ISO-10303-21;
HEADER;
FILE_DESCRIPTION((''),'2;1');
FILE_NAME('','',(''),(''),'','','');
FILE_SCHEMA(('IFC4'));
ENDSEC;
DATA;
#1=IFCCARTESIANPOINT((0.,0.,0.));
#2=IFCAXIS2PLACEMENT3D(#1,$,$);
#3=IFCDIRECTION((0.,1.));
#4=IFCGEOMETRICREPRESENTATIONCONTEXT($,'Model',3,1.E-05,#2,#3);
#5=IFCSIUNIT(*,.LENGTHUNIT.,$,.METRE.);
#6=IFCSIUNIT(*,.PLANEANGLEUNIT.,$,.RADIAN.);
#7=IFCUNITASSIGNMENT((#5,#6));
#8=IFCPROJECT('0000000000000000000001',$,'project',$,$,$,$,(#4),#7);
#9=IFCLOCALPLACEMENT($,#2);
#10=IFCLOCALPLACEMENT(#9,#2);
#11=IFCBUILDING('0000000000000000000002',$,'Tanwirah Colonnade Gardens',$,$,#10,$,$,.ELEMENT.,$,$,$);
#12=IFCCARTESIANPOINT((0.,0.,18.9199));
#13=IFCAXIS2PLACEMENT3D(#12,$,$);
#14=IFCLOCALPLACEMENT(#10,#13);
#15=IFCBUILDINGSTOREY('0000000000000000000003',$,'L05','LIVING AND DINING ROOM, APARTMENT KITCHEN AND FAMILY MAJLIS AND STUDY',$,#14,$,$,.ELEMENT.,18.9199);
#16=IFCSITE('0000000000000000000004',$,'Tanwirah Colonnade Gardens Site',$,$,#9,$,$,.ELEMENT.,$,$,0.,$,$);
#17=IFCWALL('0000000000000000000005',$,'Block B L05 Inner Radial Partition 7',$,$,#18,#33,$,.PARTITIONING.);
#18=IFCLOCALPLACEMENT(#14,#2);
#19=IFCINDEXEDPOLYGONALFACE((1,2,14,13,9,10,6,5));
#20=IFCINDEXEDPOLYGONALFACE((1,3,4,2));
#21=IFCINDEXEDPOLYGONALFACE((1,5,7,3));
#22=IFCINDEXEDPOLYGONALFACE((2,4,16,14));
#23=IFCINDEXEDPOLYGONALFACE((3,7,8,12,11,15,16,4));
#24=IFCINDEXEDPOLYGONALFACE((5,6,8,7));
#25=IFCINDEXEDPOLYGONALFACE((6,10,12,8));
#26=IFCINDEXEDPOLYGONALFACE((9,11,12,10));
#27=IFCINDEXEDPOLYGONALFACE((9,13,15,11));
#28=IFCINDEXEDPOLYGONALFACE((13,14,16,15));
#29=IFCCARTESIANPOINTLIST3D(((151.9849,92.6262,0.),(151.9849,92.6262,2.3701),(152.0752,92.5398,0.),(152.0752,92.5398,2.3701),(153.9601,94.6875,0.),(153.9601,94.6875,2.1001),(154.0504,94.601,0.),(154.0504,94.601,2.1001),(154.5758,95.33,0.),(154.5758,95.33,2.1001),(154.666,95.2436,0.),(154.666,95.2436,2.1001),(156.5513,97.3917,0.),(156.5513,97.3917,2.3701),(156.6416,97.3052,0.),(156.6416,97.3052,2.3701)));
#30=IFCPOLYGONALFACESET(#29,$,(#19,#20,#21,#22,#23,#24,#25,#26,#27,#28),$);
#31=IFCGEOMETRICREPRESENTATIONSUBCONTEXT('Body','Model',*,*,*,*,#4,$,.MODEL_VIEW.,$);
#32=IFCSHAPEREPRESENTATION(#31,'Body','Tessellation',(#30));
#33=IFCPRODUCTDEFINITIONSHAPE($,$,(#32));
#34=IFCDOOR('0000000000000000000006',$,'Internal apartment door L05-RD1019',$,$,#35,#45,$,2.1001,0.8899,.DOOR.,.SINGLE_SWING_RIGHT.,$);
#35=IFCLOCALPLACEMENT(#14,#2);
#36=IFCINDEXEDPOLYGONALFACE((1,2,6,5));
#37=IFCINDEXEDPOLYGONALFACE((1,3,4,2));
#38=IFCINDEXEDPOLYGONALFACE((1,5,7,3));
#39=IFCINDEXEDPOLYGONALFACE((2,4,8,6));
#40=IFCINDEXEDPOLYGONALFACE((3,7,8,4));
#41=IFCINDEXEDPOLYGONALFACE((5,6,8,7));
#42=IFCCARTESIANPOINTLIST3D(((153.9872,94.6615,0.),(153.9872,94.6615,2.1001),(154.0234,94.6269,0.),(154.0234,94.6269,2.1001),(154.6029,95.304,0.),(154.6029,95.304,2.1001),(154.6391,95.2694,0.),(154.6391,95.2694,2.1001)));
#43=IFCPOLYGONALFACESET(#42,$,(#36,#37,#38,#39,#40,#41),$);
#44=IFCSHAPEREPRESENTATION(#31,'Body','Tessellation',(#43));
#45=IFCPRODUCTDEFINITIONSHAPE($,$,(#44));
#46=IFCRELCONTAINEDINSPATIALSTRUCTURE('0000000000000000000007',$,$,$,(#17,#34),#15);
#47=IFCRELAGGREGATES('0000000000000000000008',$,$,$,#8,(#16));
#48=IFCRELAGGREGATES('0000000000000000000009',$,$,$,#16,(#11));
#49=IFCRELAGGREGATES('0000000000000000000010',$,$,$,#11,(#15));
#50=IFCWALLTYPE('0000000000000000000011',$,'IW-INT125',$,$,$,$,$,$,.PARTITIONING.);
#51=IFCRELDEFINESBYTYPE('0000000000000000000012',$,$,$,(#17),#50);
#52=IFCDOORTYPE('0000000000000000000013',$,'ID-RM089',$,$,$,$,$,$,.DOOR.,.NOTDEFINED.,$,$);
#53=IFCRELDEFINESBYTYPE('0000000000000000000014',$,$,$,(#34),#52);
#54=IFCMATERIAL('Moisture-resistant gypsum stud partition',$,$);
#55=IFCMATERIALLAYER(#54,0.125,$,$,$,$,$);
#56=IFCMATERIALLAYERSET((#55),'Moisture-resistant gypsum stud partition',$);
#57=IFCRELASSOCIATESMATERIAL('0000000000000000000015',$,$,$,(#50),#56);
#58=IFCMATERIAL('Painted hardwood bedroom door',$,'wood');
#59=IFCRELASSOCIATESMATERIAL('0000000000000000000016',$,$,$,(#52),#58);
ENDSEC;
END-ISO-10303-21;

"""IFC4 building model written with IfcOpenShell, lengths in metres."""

from ifc_helpers import new_model, si_unit, direction, frame, frame_2d, origin, place, context, subcontext, project, spatial, rectangle, extrude, material, layer, layer_set, type_object, element, fill, save


model = new_model("IFC4")

# Units and contexts
model_context = context("Model", 3, precision=1e-05, world=origin(), true_north=direction((0.0, 1.0)))
body_context = subcontext(model_context, "Body", "Model", "MODEL_VIEW")
ifc_project = project(units=[si_unit("LENGTHUNIT", "METRE"), si_unit("PLANEANGLEUNIT", "RADIAN")], contexts=[model_context])

# Site, building, storey
site_placement = place(None, origin())
site = spatial("IfcSite", under=ifc_project, at=site_placement, Name="Tanwirah Colonnade Gardens Site", CompositionType="ELEMENT", RefElevation=0.0)
building_placement = place(site_placement, origin())
building = spatial("IfcBuilding", under=site, at=building_placement, Name="Tanwirah Colonnade Gardens", CompositionType="ELEMENT")
storey_placement = place(building_placement, frame((0.0, 0.0, 18.9199)))
storey = spatial("IfcBuildingStorey", under=building, at=storey_placement, Name="L05", Description="LIVING AND DINING ROOM, APARTMENT KITCHEN AND FAMILY MAJLIS AND STUDY", CompositionType="ELEMENT", Elevation=18.9199)

# Wall, opening, door
ifc_material_1 = material(Name="Moisture-resistant gypsum stud partition")
ifc_layer_1 = layer(ifc_material_1, 0.125)
ifc_layer_set_1 = layer_set([ifc_layer_1], Name="Moisture-resistant gypsum stud partition")
wall_type_1 = type_object("IfcWallType", Name="IW-INT125", PredefinedType="PARTITIONING", material=ifc_layer_set_1)
wall_1_placement = place(storey_placement, frame((152.03, 92.583, 0.0), z_axis=(0.0, 0.0, 1.0), x_axis=(0.691872, 0.72202, 0.0)))
wall_1 = element("IfcWall", 1, at=wall_1_placement, inside=storey, type_object=wall_type_1, Name="Block B L05 Inner Radial Partition 7", PredefinedType="PARTITIONING", context=body_context, shape_type="SweptSolid", body=[
    extrude(rectangle(XDim=6.6001, YDim=0.125, at=frame_2d((3.3, 0.0))), origin(), (0.0, 0.0, 1.0), 2.3701),
])
opening_1_placement = place(wall_1_placement, frame((2.855, 0.0, 0.0)))
opening_1 = element("IfcOpeningElement", 2, at=opening_1_placement, cuts=wall_1, PredefinedType="OPENING", context=body_context, shape_type="SweptSolid", body=[
    extrude(rectangle(XDim=0.8899, YDim=2.1001, at=frame_2d((0.4448, 1.05))), frame((0.0, 0.0725, 0.0), z_axis=(0.0, -1.0, 0.0), x_axis=(1.0, 0.0, 0.0)), (0.0, 0.0, 1.0), 0.145),
])
ifc_material_2 = material(Name="Painted hardwood bedroom door", Category="wood")
door_type_1 = type_object("IfcDoorType", Name="ID-RM089", OperationType="NOTDEFINED", PredefinedType="DOOR", material=ifc_material_2)
door_1_placement = place(opening_1_placement, origin())
door_1 = element("IfcDoor", 3, at=door_1_placement, inside=storey, type_object=door_type_1, Name="Internal apartment door L05-RD1019", OperationType="SINGLE_SWING_RIGHT", OverallHeight=2.1001, OverallWidth=0.8899, PredefinedType="DOOR", context=body_context, shape_type="SweptSolid", body=[
    extrude(rectangle(XDim=0.8899, YDim=2.1001, at=frame_2d((0.4448, 1.05))), frame((0.0, 0.0249, 0.0), z_axis=(0.0, -1.0, 0.0), x_axis=(1.0, 0.0, 0.0)), (0.0, 0.0, 1.0), 0.05),
])
fill(opening_1, door_1)

save(model, "model.ifc")
